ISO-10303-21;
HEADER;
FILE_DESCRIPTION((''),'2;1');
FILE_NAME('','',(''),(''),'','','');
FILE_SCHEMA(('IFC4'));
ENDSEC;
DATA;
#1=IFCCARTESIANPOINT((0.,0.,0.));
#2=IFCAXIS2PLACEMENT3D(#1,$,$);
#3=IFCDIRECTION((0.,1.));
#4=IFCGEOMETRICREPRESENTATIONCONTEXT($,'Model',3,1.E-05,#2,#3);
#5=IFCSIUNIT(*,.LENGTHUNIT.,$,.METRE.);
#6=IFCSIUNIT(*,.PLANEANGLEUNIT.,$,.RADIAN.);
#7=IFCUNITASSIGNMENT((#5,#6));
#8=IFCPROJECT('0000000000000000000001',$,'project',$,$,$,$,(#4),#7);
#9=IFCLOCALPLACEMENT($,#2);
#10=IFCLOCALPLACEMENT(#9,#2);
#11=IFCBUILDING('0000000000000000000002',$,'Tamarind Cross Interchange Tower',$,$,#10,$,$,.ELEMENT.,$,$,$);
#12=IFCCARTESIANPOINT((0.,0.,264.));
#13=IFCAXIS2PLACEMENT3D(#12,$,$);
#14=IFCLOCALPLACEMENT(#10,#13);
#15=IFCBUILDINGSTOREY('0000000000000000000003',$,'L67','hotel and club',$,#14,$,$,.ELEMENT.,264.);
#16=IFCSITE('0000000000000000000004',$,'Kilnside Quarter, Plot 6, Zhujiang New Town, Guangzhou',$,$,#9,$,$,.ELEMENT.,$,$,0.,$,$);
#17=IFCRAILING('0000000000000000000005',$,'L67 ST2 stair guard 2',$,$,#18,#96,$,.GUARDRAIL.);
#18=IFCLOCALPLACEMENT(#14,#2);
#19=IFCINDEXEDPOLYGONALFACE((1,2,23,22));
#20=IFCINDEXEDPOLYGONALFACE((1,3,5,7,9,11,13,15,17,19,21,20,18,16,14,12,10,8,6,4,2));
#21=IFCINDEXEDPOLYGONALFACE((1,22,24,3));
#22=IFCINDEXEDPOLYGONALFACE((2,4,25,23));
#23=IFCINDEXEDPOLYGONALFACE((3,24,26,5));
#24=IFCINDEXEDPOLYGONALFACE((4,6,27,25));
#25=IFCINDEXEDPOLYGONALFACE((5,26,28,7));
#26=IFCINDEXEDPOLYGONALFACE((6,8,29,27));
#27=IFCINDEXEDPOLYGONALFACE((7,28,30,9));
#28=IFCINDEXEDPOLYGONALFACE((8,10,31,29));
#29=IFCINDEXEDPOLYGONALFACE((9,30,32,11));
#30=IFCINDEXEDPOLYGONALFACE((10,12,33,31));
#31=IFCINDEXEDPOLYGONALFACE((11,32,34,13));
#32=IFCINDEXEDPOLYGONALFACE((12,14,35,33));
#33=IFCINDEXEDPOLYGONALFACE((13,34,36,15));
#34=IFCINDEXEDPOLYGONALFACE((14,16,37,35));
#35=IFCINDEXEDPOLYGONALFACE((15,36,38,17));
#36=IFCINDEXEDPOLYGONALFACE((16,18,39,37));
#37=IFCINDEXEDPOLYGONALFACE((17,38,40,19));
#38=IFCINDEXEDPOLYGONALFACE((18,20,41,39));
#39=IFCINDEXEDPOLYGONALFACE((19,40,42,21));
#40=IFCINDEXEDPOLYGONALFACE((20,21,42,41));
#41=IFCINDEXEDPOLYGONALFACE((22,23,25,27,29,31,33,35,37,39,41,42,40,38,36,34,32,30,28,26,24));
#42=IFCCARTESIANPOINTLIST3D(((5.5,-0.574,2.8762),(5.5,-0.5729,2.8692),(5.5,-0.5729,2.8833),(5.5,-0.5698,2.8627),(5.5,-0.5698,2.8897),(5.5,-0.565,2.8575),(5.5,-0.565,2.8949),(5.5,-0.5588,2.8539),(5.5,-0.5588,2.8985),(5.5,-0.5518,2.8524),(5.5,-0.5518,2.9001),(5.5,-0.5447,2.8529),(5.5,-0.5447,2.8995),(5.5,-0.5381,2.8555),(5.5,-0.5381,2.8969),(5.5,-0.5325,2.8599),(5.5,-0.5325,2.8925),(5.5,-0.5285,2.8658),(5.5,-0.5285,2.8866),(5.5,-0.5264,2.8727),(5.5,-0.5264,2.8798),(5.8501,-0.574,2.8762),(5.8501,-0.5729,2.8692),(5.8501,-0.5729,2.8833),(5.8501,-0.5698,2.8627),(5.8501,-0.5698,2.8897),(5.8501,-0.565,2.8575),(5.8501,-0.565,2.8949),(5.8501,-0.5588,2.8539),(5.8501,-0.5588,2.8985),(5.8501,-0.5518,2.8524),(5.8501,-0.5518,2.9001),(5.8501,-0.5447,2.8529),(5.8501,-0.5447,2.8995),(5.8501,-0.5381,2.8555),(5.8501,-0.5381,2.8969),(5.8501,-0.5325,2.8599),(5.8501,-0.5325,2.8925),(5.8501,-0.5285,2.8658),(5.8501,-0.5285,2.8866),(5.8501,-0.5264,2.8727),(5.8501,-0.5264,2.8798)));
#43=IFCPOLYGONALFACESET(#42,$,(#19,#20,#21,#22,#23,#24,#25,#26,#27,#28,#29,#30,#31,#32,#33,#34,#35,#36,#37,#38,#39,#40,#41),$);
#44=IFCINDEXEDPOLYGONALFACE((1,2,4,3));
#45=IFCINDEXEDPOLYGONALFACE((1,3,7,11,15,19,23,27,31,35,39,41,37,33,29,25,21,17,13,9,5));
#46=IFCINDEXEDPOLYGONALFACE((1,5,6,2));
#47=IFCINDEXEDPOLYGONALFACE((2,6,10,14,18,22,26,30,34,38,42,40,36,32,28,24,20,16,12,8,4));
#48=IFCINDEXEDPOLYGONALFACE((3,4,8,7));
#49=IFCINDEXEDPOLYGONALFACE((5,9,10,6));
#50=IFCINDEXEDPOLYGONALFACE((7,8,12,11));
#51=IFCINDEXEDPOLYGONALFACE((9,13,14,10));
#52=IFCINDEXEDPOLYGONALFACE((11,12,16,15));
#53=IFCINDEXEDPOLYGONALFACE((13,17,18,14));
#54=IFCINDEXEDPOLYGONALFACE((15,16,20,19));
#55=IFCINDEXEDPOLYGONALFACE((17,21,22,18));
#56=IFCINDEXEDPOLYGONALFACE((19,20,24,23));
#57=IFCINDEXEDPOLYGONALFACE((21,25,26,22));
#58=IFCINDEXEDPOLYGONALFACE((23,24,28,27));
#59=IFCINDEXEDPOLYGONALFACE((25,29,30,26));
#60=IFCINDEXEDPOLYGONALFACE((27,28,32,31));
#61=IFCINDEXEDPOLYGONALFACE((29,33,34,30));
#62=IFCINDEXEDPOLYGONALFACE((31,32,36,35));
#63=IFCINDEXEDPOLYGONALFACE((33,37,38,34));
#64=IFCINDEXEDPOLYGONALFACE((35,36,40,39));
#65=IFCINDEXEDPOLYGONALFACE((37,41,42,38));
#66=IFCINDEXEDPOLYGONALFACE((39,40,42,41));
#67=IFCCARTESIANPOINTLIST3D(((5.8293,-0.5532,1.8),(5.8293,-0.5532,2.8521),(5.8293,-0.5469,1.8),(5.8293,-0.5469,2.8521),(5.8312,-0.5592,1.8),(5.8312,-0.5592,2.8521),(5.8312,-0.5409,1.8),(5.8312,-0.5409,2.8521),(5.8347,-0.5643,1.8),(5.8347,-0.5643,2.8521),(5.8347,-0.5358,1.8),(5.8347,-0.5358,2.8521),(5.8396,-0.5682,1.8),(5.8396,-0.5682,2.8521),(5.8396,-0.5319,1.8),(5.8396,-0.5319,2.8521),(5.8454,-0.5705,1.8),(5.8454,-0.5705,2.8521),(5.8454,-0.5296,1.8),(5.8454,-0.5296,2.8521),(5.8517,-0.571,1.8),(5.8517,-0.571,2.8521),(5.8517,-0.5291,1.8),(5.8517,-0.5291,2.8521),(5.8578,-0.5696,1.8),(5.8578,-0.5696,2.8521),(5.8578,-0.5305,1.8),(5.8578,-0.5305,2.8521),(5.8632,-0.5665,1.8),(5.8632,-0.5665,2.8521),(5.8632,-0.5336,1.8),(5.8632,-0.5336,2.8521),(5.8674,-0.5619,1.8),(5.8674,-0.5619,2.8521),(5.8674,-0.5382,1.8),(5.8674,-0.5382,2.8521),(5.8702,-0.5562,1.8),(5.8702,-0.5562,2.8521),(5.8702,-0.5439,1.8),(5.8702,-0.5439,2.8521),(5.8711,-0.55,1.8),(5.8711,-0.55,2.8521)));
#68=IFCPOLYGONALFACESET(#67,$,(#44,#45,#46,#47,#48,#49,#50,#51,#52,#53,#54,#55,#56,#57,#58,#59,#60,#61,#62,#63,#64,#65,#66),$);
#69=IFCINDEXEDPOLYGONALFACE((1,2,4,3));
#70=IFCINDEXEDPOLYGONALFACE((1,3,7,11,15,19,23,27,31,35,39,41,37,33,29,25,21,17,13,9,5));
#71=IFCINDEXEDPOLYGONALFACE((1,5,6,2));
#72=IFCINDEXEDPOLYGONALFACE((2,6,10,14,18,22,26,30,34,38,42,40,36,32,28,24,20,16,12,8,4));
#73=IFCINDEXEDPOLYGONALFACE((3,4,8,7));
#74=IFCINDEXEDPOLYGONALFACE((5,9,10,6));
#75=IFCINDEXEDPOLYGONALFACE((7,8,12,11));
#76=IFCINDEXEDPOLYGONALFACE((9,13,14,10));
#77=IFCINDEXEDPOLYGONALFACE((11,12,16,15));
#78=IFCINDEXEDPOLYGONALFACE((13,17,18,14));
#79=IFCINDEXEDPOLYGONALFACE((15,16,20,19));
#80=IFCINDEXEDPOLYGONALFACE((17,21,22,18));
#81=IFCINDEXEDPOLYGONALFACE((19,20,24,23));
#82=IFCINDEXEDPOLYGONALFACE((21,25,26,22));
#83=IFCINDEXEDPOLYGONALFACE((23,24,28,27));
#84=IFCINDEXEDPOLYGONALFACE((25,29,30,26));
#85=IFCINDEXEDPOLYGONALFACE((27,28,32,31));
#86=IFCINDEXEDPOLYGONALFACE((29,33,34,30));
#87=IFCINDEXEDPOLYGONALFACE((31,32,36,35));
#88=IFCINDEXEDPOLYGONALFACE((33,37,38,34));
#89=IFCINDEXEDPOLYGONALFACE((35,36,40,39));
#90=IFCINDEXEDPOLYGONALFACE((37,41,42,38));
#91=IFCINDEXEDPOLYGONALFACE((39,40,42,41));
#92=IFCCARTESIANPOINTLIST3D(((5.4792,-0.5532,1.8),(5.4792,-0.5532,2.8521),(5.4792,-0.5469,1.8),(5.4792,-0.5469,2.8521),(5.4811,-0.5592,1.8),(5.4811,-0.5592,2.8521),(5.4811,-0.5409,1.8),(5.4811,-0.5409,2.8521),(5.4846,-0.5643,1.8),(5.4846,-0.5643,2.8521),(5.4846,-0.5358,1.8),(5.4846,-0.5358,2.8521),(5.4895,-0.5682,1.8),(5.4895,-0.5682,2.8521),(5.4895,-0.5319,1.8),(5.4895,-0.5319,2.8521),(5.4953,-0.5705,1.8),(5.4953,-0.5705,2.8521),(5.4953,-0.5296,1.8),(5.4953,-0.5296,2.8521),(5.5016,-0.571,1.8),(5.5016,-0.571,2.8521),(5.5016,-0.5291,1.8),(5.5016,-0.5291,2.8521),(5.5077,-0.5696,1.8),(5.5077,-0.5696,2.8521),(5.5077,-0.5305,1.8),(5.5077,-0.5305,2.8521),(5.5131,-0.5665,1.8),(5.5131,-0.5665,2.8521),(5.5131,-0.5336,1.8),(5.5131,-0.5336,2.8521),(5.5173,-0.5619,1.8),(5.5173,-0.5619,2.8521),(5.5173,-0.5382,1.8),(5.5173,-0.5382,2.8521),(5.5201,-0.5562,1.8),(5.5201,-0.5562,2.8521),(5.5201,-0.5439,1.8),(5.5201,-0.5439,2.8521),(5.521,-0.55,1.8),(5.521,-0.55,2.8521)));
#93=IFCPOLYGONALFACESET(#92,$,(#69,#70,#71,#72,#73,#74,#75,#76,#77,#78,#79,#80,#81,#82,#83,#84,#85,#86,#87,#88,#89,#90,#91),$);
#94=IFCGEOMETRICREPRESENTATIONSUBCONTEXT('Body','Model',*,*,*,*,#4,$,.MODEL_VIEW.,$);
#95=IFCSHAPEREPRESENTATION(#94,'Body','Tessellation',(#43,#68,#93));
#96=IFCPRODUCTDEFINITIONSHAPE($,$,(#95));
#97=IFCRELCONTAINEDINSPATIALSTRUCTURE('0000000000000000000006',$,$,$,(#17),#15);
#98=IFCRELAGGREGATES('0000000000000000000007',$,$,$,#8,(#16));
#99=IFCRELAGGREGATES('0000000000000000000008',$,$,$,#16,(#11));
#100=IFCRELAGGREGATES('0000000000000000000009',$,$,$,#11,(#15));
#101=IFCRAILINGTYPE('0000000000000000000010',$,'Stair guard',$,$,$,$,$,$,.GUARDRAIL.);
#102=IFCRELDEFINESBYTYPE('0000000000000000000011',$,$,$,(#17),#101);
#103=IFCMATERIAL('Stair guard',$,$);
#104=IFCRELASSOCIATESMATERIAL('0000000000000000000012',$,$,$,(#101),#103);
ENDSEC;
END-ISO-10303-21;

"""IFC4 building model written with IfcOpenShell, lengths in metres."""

from ifc_helpers import new_model, si_unit, direction, frame, origin, origin_2d, place, context, subcontext, project, spatial, circle, extrude, material, type_object, element, save


model = new_model("IFC4")

# Units and contexts
model_context = context("Model", 3, precision=1e-05, world=origin(), true_north=direction((0.0, 1.0)))
body_context = subcontext(model_context, "Body", "Model", "MODEL_VIEW")
ifc_project = project(units=[si_unit("LENGTHUNIT", "METRE"), si_unit("PLANEANGLEUNIT", "RADIAN")], contexts=[model_context])

# Site, building, storey
site_placement = place(None, origin())
site = spatial("IfcSite", under=ifc_project, at=site_placement, Name="Kilnside Quarter, Plot 6, Zhujiang New Town, Guangzhou", CompositionType="ELEMENT", RefElevation=0.0)
building_placement = place(site_placement, origin())
building = spatial("IfcBuilding", under=site, at=building_placement, Name="Tamarind Cross Interchange Tower", CompositionType="ELEMENT")
storey_placement = place(building_placement, frame((0.0, 0.0, 264.0)))
storey = spatial("IfcBuildingStorey", under=building, at=storey_placement, Name="L67", Description="hotel and club", CompositionType="ELEMENT", Elevation=264.0)

# Railing
ifc_material_1 = material(Name="Stair guard")
railing_type_1 = type_object("IfcRailingType", Name="Stair guard", PredefinedType="GUARDRAIL", material=ifc_material_1)
railing_1_placement = place(storey_placement, frame((5.8501, -0.55, 1.8)))
element("IfcRailing", 1, at=railing_1_placement, inside=storey, type_object=railing_type_1, Name="L67 ST2 stair guard 2", PredefinedType="GUARDRAIL", context=body_context, shape_type="SweptSolid", body=[
    extrude(circle(Radius=0.0239, at=origin_2d()), frame((0.0, 0.0, 1.0762), z_axis=(-1.0, 0.0, 0.0), x_axis=(0.0, -1.0, 0.0)), (0.0, 0.0, 1.0), 0.3501),
    extrude(circle(Radius=0.021, at=origin_2d()), origin(), (0.0, 0.0, 1.0), 1.052),
    extrude(circle(Radius=0.021, at=origin_2d()), frame((-0.3501, 0.0, 0.0)), (0.0, 0.0, 1.0), 1.052),
])

save(model, "model.ifc")
